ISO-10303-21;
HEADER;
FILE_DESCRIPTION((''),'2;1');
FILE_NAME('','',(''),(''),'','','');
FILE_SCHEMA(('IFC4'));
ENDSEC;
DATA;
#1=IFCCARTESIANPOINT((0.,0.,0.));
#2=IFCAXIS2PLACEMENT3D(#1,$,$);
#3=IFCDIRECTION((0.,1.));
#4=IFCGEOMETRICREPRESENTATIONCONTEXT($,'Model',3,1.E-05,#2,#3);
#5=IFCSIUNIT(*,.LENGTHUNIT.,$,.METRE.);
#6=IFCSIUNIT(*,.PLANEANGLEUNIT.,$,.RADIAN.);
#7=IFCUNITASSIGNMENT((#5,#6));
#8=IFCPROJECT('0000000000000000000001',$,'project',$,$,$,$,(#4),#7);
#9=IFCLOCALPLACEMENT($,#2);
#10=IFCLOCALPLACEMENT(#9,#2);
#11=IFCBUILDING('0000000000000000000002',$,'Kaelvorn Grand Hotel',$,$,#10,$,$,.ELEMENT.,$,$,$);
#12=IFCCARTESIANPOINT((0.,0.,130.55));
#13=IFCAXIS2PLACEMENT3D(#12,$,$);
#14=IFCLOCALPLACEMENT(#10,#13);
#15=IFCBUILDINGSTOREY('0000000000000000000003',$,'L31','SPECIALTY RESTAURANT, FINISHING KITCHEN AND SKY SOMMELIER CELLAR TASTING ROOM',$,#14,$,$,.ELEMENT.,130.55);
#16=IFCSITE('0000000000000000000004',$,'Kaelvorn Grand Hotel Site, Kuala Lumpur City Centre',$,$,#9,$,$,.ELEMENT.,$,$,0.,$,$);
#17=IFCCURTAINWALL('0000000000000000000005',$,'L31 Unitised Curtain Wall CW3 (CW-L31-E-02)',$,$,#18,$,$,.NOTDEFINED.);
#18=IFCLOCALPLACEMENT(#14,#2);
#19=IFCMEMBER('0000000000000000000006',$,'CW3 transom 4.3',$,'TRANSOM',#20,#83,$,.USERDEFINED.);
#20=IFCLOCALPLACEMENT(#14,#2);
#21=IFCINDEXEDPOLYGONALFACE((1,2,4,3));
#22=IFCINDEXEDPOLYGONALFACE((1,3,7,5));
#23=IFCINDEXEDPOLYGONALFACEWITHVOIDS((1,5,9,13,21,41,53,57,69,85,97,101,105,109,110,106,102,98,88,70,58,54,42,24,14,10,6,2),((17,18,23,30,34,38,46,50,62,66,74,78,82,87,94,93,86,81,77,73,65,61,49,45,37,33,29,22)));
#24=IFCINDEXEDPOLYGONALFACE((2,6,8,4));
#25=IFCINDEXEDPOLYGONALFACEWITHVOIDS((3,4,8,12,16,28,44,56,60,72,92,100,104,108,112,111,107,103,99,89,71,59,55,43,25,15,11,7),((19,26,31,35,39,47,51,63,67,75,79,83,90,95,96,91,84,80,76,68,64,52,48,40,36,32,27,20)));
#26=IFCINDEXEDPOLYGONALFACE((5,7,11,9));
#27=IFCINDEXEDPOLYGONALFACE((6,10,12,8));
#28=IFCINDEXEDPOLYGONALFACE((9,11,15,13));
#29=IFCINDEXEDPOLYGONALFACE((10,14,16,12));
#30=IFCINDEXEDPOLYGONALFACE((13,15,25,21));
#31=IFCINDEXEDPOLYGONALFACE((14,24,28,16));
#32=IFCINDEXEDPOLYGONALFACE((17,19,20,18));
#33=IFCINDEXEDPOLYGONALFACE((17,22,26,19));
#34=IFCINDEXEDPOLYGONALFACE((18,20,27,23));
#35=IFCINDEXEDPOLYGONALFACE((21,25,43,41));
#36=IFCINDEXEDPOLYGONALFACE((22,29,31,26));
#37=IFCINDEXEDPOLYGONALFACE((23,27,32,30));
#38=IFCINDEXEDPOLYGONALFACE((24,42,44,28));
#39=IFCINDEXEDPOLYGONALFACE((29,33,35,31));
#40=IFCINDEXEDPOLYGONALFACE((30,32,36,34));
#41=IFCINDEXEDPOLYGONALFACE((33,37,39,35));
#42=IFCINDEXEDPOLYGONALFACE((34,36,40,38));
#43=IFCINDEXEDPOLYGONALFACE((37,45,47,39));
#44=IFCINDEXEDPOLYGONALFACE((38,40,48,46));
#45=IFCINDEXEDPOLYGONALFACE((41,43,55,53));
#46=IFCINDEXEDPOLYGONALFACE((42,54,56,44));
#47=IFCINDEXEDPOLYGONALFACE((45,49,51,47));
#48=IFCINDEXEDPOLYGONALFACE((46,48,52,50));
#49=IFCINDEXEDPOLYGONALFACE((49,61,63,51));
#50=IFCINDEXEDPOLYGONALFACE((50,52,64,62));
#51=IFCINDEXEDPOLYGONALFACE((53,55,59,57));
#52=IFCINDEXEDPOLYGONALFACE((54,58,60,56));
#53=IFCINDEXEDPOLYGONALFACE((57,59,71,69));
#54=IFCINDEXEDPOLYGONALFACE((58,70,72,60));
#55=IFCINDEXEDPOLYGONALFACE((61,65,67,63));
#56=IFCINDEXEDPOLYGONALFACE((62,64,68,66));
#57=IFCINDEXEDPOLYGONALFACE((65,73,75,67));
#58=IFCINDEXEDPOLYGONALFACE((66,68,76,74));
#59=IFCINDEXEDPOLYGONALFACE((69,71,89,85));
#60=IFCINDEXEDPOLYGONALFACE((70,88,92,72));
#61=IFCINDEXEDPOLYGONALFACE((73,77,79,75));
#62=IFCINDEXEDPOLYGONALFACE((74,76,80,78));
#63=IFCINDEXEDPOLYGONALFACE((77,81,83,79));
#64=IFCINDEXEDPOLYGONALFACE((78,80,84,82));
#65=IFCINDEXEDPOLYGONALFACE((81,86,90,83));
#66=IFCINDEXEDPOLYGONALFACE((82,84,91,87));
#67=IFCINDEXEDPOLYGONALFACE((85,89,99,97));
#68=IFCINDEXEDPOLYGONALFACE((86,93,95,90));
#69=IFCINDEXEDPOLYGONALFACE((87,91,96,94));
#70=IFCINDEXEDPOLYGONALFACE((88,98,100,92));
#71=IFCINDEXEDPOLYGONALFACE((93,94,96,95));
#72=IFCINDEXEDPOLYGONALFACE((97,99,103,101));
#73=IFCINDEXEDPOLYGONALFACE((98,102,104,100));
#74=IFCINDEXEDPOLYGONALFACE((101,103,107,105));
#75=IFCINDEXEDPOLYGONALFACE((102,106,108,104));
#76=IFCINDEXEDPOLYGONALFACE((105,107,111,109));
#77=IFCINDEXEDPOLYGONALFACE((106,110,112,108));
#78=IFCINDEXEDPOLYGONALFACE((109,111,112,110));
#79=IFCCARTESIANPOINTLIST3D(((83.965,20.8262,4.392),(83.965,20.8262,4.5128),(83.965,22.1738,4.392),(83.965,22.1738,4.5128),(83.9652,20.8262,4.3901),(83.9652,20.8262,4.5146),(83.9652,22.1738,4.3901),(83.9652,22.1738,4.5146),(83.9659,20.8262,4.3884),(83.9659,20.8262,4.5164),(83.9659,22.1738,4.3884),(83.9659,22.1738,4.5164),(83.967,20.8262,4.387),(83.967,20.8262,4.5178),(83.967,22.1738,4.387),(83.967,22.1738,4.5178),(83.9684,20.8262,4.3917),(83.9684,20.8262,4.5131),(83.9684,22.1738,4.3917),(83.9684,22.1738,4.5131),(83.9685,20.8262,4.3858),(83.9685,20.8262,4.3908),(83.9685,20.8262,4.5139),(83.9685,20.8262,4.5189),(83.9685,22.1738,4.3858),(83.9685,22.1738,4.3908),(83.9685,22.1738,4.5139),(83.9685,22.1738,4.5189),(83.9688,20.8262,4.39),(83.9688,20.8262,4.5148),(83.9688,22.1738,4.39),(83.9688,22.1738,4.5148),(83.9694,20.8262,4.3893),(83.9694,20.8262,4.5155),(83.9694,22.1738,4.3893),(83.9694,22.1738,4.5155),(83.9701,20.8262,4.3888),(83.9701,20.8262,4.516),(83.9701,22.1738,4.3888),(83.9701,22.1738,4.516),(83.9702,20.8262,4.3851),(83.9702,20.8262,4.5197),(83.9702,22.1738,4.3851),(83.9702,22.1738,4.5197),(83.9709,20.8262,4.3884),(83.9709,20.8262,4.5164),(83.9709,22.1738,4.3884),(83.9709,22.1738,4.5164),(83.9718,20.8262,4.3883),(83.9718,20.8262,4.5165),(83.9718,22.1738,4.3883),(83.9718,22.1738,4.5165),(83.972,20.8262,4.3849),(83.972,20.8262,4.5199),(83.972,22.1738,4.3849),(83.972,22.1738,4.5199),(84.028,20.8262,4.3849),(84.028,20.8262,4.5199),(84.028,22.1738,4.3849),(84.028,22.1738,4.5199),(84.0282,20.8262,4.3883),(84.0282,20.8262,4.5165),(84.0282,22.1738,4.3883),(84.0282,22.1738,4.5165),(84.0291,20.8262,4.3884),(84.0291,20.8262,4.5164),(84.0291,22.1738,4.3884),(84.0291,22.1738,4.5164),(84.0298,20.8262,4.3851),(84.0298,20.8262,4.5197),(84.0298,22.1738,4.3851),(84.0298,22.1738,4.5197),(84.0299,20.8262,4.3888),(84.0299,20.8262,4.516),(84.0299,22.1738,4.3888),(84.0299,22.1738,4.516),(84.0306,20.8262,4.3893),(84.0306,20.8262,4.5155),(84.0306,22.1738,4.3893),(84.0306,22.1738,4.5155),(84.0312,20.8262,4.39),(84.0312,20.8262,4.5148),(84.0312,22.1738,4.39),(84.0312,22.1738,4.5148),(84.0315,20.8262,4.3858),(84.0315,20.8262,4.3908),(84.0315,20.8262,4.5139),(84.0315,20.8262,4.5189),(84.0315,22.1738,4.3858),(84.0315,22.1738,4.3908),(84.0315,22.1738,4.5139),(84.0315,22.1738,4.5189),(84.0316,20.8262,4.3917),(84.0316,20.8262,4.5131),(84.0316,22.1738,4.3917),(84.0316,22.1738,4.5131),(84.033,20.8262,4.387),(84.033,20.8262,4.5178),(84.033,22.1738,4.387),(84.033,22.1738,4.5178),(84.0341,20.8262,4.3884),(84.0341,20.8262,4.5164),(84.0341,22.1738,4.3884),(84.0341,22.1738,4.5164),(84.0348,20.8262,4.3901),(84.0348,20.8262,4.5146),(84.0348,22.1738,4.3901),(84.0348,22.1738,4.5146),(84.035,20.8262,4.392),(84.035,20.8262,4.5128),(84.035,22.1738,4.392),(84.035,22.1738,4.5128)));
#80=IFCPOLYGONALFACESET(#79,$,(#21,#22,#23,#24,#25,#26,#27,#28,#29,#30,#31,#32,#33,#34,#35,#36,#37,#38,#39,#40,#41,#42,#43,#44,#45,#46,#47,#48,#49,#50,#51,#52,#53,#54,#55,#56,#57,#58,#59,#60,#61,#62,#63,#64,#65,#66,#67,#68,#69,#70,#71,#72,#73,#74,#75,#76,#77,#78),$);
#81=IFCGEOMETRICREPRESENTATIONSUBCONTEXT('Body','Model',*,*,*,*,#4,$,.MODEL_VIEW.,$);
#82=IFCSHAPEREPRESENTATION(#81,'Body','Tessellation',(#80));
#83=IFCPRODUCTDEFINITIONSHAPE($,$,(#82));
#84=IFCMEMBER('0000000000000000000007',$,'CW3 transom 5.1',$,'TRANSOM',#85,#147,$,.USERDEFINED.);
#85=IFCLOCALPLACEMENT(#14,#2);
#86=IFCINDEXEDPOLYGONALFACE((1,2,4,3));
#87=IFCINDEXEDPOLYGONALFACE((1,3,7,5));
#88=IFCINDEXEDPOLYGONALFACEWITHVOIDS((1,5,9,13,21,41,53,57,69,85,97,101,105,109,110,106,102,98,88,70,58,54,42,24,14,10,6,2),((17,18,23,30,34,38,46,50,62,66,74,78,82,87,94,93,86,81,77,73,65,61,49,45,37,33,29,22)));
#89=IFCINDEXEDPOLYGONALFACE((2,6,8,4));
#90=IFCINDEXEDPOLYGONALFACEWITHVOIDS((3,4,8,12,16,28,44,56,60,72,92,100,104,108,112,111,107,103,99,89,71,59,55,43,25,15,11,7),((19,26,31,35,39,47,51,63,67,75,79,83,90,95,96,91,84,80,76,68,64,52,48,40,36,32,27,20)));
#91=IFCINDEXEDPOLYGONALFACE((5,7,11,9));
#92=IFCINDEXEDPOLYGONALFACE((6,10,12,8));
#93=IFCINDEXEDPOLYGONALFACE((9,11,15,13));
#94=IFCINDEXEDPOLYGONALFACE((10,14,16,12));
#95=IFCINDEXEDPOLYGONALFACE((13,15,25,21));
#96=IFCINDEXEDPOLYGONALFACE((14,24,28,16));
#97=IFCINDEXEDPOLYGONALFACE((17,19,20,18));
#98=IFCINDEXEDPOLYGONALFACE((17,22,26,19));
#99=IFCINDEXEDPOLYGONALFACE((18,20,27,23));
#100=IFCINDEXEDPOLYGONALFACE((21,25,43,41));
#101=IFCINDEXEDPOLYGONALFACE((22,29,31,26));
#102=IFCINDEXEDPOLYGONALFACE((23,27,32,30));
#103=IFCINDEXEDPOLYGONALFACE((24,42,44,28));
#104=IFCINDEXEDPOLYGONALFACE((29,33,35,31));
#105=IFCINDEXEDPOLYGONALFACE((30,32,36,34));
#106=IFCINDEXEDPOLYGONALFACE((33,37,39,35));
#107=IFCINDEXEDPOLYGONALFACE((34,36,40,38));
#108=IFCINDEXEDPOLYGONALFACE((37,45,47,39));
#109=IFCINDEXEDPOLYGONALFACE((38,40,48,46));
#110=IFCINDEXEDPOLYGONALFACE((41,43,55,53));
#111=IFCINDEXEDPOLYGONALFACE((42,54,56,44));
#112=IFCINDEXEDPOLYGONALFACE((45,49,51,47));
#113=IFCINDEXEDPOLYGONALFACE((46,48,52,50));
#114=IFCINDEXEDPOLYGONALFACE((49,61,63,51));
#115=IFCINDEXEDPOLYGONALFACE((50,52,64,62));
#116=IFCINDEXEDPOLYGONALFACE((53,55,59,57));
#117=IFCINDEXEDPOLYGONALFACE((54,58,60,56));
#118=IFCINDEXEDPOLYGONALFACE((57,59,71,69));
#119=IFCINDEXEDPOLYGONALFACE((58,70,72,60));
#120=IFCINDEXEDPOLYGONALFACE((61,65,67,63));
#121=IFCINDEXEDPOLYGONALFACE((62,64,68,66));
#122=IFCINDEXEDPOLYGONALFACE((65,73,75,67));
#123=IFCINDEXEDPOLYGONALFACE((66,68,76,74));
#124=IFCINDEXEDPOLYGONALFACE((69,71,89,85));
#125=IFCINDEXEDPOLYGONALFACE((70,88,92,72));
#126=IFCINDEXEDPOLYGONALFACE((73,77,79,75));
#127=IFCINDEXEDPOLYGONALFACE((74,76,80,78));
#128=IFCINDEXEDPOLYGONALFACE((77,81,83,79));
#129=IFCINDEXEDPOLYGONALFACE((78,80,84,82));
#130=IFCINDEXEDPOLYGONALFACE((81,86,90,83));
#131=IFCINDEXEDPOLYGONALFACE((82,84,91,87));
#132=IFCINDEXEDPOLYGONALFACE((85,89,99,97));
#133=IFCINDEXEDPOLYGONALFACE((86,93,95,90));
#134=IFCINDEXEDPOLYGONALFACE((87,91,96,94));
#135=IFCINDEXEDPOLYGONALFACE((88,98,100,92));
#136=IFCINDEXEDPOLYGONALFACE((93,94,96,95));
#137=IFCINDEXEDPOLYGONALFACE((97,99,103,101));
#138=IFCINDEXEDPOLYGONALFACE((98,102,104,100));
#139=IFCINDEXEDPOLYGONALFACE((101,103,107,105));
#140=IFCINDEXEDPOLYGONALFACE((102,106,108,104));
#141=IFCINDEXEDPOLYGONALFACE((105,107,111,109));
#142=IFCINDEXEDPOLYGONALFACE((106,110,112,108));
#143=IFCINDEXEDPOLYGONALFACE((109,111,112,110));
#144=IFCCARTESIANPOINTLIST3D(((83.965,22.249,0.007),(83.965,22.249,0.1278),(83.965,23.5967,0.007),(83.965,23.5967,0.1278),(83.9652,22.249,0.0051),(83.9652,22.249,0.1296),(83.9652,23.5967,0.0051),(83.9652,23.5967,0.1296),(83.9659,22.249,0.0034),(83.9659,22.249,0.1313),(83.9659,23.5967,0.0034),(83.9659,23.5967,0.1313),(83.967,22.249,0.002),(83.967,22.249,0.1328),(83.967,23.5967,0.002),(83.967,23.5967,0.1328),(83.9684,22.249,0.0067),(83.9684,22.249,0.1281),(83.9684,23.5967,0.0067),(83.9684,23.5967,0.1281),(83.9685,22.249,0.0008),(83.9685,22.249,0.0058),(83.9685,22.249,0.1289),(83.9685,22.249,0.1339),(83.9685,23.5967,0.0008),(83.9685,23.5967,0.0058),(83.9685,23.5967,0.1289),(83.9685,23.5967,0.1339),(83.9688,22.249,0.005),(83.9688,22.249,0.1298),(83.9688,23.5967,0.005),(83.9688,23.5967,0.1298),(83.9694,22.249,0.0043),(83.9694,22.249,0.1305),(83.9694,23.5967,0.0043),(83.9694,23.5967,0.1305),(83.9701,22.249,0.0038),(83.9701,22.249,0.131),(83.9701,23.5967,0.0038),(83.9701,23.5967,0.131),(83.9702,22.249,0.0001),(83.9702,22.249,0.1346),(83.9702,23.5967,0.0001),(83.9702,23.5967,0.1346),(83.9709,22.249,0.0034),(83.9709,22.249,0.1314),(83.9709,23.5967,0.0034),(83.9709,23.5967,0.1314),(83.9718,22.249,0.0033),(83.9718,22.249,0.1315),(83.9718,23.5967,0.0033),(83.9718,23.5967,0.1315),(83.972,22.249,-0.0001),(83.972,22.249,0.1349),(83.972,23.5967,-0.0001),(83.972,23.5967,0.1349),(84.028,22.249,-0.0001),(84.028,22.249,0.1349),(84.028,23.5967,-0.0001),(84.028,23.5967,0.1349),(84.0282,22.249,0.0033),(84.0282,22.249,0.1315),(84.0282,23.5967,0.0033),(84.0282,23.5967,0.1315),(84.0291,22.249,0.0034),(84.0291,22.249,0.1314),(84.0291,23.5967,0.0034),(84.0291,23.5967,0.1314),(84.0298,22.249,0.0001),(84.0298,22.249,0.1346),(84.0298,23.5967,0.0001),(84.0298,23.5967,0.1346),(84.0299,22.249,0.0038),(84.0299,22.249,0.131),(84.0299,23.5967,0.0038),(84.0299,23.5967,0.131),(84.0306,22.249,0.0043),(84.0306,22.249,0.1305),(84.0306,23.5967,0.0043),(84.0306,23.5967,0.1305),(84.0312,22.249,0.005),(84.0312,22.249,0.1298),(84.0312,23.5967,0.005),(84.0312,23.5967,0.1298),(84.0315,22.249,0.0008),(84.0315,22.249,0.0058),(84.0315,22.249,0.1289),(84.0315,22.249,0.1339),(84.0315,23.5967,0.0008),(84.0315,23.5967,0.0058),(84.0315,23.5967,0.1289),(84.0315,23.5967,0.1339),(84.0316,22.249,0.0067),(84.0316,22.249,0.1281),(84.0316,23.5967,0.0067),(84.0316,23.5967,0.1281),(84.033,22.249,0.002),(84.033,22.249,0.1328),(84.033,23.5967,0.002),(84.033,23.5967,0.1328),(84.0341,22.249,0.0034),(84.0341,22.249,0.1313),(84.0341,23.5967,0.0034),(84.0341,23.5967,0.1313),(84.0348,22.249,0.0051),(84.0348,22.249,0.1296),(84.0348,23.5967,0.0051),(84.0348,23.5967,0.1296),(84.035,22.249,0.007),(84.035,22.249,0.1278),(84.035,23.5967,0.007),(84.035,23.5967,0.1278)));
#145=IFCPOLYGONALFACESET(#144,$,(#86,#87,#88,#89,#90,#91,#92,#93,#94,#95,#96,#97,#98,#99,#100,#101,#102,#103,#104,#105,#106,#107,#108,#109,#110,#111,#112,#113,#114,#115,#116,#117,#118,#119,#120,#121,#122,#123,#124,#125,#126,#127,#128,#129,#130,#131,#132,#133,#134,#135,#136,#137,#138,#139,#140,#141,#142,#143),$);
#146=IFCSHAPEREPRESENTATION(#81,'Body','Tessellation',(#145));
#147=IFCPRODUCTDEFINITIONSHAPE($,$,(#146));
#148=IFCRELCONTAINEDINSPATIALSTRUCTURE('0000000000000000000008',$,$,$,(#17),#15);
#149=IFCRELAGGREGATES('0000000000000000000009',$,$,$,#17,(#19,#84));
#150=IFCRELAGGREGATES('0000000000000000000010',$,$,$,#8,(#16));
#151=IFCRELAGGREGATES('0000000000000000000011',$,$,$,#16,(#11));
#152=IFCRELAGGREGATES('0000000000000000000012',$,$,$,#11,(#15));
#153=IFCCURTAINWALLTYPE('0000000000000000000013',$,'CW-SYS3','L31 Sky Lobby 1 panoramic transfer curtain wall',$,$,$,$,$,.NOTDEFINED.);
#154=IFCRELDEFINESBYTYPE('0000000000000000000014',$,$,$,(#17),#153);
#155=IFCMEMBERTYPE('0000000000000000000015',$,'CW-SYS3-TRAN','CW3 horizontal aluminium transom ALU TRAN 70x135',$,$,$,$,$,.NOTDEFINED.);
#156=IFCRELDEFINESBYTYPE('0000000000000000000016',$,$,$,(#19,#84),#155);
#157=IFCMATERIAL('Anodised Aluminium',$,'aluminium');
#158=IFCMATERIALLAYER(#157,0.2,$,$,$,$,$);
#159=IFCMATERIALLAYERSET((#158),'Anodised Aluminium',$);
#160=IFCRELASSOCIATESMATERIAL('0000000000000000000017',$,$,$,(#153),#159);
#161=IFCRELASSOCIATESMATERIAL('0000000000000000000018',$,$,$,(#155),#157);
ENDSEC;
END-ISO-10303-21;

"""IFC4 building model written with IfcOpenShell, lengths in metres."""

from ifc_helpers import new_model, si_unit, direction, frame, origin, origin_2d, place, context, subcontext, project, spatial, hollow_rectangle, extrude, material, layer, layer_set, material_profile, profile_set, type_object, element, aggregate, save


model = new_model("IFC4")

# Units and contexts
model_context = context("Model", 3, precision=1e-05, world=origin(), true_north=direction((0.0, 1.0)))
body_context = subcontext(model_context, "Body", "Model", "MODEL_VIEW")
ifc_project = project(units=[si_unit("LENGTHUNIT", "METRE"), si_unit("PLANEANGLEUNIT", "RADIAN")], contexts=[model_context])

# Site, building, storey
site_placement = place(None, origin())
site = spatial("IfcSite", under=ifc_project, at=site_placement, Name="Kaelvorn Grand Hotel Site, Kuala Lumpur City Centre", CompositionType="ELEMENT", RefElevation=0.0)
building_placement = place(site_placement, origin())
building = spatial("IfcBuilding", under=site, at=building_placement, Name="Kaelvorn Grand Hotel", CompositionType="ELEMENT")
storey_placement = place(building_placement, frame((0.0, 0.0, 130.55)))
storey = spatial("IfcBuildingStorey", under=building, at=storey_placement, Name="L31", Description="SPECIALTY RESTAURANT, FINISHING KITCHEN AND SKY SOMMELIER CELLAR TASTING ROOM", CompositionType="ELEMENT", Elevation=130.55)

# Curtain wall, members
ifc_material_1 = material(Name="Anodised Aluminium", Category="aluminium")
ifc_layer_1 = layer(ifc_material_1, 0.2)
ifc_layer_set_1 = layer_set([ifc_layer_1], Name="Anodised Aluminium")
curtain_wall_type = type_object("IfcCurtainWallType", Name="CW-SYS3", Description="L31 Sky Lobby 1 panoramic transfer curtain wall", PredefinedType="NOTDEFINED", material=ifc_layer_set_1)
curtain_wall_placement = place(storey_placement, origin())
curtain_wall = element("IfcCurtainWall", 1, at=curtain_wall_placement, inside=storey, type_object=curtain_wall_type, Name="L31 Unitised Curtain Wall CW3 (CW-L31-E-02)", PredefinedType="NOTDEFINED")
ifc_material_profile_1 = material_profile(ifc_material_1, hollow_rectangle(XDim=0.0701, YDim=0.135, WallThickness=0.0034, InnerFilletRadius=0.0034, OuterFilletRadius=0.0071, at=origin_2d()), Name="ALU TRAN 70x135")
ifc_profile_set_1 = profile_set([ifc_material_profile_1], Name="Anodised Aluminium")
member_type_1 = type_object("IfcMemberType", Name="CW-SYS3-TRAN", Description="CW3 horizontal aluminium transom ALU TRAN 70x135", PredefinedType="NOTDEFINED", material=ifc_profile_set_1)
member_1_placement = place(storey_placement, frame((84.0, 20.8262, 4.4524), z_axis=(0.0, 1.0, 0.0), x_axis=(-1.0, 0.0, 0.0)))
member_1 = element("IfcMember", 2, at=member_1_placement, type_object=member_type_1, Name="CW3 transom 4.3", ObjectType="TRANSOM", PredefinedType="USERDEFINED", context=body_context, shape_type="SweptSolid", body=[
    extrude(hollow_rectangle(XDim=0.0701, YDim=0.135, WallThickness=0.0034, InnerFilletRadius=0.0034, OuterFilletRadius=0.0071, at=origin_2d()), origin(), (0.0, 0.0, 1.0), 1.3477),
])
member_2_placement = place(storey_placement, frame((84.0, 22.249, 0.0674), z_axis=(0.0, 1.0, 0.0), x_axis=(-1.0, 0.0, 0.0)))
member_2 = element("IfcMember", 3, at=member_2_placement, type_object=member_type_1, Name="CW3 transom 5.1", ObjectType="TRANSOM", PredefinedType="USERDEFINED", context=body_context, shape_type="SweptSolid", body=[
    extrude(hollow_rectangle(XDim=0.0701, YDim=0.135, WallThickness=0.0034, InnerFilletRadius=0.0034, OuterFilletRadius=0.0071, at=origin_2d()), origin(), (0.0, 0.0, 1.0), 1.3477),
])
aggregate(curtain_wall, [member_1, member_2])

save(model, "model.ifc")
